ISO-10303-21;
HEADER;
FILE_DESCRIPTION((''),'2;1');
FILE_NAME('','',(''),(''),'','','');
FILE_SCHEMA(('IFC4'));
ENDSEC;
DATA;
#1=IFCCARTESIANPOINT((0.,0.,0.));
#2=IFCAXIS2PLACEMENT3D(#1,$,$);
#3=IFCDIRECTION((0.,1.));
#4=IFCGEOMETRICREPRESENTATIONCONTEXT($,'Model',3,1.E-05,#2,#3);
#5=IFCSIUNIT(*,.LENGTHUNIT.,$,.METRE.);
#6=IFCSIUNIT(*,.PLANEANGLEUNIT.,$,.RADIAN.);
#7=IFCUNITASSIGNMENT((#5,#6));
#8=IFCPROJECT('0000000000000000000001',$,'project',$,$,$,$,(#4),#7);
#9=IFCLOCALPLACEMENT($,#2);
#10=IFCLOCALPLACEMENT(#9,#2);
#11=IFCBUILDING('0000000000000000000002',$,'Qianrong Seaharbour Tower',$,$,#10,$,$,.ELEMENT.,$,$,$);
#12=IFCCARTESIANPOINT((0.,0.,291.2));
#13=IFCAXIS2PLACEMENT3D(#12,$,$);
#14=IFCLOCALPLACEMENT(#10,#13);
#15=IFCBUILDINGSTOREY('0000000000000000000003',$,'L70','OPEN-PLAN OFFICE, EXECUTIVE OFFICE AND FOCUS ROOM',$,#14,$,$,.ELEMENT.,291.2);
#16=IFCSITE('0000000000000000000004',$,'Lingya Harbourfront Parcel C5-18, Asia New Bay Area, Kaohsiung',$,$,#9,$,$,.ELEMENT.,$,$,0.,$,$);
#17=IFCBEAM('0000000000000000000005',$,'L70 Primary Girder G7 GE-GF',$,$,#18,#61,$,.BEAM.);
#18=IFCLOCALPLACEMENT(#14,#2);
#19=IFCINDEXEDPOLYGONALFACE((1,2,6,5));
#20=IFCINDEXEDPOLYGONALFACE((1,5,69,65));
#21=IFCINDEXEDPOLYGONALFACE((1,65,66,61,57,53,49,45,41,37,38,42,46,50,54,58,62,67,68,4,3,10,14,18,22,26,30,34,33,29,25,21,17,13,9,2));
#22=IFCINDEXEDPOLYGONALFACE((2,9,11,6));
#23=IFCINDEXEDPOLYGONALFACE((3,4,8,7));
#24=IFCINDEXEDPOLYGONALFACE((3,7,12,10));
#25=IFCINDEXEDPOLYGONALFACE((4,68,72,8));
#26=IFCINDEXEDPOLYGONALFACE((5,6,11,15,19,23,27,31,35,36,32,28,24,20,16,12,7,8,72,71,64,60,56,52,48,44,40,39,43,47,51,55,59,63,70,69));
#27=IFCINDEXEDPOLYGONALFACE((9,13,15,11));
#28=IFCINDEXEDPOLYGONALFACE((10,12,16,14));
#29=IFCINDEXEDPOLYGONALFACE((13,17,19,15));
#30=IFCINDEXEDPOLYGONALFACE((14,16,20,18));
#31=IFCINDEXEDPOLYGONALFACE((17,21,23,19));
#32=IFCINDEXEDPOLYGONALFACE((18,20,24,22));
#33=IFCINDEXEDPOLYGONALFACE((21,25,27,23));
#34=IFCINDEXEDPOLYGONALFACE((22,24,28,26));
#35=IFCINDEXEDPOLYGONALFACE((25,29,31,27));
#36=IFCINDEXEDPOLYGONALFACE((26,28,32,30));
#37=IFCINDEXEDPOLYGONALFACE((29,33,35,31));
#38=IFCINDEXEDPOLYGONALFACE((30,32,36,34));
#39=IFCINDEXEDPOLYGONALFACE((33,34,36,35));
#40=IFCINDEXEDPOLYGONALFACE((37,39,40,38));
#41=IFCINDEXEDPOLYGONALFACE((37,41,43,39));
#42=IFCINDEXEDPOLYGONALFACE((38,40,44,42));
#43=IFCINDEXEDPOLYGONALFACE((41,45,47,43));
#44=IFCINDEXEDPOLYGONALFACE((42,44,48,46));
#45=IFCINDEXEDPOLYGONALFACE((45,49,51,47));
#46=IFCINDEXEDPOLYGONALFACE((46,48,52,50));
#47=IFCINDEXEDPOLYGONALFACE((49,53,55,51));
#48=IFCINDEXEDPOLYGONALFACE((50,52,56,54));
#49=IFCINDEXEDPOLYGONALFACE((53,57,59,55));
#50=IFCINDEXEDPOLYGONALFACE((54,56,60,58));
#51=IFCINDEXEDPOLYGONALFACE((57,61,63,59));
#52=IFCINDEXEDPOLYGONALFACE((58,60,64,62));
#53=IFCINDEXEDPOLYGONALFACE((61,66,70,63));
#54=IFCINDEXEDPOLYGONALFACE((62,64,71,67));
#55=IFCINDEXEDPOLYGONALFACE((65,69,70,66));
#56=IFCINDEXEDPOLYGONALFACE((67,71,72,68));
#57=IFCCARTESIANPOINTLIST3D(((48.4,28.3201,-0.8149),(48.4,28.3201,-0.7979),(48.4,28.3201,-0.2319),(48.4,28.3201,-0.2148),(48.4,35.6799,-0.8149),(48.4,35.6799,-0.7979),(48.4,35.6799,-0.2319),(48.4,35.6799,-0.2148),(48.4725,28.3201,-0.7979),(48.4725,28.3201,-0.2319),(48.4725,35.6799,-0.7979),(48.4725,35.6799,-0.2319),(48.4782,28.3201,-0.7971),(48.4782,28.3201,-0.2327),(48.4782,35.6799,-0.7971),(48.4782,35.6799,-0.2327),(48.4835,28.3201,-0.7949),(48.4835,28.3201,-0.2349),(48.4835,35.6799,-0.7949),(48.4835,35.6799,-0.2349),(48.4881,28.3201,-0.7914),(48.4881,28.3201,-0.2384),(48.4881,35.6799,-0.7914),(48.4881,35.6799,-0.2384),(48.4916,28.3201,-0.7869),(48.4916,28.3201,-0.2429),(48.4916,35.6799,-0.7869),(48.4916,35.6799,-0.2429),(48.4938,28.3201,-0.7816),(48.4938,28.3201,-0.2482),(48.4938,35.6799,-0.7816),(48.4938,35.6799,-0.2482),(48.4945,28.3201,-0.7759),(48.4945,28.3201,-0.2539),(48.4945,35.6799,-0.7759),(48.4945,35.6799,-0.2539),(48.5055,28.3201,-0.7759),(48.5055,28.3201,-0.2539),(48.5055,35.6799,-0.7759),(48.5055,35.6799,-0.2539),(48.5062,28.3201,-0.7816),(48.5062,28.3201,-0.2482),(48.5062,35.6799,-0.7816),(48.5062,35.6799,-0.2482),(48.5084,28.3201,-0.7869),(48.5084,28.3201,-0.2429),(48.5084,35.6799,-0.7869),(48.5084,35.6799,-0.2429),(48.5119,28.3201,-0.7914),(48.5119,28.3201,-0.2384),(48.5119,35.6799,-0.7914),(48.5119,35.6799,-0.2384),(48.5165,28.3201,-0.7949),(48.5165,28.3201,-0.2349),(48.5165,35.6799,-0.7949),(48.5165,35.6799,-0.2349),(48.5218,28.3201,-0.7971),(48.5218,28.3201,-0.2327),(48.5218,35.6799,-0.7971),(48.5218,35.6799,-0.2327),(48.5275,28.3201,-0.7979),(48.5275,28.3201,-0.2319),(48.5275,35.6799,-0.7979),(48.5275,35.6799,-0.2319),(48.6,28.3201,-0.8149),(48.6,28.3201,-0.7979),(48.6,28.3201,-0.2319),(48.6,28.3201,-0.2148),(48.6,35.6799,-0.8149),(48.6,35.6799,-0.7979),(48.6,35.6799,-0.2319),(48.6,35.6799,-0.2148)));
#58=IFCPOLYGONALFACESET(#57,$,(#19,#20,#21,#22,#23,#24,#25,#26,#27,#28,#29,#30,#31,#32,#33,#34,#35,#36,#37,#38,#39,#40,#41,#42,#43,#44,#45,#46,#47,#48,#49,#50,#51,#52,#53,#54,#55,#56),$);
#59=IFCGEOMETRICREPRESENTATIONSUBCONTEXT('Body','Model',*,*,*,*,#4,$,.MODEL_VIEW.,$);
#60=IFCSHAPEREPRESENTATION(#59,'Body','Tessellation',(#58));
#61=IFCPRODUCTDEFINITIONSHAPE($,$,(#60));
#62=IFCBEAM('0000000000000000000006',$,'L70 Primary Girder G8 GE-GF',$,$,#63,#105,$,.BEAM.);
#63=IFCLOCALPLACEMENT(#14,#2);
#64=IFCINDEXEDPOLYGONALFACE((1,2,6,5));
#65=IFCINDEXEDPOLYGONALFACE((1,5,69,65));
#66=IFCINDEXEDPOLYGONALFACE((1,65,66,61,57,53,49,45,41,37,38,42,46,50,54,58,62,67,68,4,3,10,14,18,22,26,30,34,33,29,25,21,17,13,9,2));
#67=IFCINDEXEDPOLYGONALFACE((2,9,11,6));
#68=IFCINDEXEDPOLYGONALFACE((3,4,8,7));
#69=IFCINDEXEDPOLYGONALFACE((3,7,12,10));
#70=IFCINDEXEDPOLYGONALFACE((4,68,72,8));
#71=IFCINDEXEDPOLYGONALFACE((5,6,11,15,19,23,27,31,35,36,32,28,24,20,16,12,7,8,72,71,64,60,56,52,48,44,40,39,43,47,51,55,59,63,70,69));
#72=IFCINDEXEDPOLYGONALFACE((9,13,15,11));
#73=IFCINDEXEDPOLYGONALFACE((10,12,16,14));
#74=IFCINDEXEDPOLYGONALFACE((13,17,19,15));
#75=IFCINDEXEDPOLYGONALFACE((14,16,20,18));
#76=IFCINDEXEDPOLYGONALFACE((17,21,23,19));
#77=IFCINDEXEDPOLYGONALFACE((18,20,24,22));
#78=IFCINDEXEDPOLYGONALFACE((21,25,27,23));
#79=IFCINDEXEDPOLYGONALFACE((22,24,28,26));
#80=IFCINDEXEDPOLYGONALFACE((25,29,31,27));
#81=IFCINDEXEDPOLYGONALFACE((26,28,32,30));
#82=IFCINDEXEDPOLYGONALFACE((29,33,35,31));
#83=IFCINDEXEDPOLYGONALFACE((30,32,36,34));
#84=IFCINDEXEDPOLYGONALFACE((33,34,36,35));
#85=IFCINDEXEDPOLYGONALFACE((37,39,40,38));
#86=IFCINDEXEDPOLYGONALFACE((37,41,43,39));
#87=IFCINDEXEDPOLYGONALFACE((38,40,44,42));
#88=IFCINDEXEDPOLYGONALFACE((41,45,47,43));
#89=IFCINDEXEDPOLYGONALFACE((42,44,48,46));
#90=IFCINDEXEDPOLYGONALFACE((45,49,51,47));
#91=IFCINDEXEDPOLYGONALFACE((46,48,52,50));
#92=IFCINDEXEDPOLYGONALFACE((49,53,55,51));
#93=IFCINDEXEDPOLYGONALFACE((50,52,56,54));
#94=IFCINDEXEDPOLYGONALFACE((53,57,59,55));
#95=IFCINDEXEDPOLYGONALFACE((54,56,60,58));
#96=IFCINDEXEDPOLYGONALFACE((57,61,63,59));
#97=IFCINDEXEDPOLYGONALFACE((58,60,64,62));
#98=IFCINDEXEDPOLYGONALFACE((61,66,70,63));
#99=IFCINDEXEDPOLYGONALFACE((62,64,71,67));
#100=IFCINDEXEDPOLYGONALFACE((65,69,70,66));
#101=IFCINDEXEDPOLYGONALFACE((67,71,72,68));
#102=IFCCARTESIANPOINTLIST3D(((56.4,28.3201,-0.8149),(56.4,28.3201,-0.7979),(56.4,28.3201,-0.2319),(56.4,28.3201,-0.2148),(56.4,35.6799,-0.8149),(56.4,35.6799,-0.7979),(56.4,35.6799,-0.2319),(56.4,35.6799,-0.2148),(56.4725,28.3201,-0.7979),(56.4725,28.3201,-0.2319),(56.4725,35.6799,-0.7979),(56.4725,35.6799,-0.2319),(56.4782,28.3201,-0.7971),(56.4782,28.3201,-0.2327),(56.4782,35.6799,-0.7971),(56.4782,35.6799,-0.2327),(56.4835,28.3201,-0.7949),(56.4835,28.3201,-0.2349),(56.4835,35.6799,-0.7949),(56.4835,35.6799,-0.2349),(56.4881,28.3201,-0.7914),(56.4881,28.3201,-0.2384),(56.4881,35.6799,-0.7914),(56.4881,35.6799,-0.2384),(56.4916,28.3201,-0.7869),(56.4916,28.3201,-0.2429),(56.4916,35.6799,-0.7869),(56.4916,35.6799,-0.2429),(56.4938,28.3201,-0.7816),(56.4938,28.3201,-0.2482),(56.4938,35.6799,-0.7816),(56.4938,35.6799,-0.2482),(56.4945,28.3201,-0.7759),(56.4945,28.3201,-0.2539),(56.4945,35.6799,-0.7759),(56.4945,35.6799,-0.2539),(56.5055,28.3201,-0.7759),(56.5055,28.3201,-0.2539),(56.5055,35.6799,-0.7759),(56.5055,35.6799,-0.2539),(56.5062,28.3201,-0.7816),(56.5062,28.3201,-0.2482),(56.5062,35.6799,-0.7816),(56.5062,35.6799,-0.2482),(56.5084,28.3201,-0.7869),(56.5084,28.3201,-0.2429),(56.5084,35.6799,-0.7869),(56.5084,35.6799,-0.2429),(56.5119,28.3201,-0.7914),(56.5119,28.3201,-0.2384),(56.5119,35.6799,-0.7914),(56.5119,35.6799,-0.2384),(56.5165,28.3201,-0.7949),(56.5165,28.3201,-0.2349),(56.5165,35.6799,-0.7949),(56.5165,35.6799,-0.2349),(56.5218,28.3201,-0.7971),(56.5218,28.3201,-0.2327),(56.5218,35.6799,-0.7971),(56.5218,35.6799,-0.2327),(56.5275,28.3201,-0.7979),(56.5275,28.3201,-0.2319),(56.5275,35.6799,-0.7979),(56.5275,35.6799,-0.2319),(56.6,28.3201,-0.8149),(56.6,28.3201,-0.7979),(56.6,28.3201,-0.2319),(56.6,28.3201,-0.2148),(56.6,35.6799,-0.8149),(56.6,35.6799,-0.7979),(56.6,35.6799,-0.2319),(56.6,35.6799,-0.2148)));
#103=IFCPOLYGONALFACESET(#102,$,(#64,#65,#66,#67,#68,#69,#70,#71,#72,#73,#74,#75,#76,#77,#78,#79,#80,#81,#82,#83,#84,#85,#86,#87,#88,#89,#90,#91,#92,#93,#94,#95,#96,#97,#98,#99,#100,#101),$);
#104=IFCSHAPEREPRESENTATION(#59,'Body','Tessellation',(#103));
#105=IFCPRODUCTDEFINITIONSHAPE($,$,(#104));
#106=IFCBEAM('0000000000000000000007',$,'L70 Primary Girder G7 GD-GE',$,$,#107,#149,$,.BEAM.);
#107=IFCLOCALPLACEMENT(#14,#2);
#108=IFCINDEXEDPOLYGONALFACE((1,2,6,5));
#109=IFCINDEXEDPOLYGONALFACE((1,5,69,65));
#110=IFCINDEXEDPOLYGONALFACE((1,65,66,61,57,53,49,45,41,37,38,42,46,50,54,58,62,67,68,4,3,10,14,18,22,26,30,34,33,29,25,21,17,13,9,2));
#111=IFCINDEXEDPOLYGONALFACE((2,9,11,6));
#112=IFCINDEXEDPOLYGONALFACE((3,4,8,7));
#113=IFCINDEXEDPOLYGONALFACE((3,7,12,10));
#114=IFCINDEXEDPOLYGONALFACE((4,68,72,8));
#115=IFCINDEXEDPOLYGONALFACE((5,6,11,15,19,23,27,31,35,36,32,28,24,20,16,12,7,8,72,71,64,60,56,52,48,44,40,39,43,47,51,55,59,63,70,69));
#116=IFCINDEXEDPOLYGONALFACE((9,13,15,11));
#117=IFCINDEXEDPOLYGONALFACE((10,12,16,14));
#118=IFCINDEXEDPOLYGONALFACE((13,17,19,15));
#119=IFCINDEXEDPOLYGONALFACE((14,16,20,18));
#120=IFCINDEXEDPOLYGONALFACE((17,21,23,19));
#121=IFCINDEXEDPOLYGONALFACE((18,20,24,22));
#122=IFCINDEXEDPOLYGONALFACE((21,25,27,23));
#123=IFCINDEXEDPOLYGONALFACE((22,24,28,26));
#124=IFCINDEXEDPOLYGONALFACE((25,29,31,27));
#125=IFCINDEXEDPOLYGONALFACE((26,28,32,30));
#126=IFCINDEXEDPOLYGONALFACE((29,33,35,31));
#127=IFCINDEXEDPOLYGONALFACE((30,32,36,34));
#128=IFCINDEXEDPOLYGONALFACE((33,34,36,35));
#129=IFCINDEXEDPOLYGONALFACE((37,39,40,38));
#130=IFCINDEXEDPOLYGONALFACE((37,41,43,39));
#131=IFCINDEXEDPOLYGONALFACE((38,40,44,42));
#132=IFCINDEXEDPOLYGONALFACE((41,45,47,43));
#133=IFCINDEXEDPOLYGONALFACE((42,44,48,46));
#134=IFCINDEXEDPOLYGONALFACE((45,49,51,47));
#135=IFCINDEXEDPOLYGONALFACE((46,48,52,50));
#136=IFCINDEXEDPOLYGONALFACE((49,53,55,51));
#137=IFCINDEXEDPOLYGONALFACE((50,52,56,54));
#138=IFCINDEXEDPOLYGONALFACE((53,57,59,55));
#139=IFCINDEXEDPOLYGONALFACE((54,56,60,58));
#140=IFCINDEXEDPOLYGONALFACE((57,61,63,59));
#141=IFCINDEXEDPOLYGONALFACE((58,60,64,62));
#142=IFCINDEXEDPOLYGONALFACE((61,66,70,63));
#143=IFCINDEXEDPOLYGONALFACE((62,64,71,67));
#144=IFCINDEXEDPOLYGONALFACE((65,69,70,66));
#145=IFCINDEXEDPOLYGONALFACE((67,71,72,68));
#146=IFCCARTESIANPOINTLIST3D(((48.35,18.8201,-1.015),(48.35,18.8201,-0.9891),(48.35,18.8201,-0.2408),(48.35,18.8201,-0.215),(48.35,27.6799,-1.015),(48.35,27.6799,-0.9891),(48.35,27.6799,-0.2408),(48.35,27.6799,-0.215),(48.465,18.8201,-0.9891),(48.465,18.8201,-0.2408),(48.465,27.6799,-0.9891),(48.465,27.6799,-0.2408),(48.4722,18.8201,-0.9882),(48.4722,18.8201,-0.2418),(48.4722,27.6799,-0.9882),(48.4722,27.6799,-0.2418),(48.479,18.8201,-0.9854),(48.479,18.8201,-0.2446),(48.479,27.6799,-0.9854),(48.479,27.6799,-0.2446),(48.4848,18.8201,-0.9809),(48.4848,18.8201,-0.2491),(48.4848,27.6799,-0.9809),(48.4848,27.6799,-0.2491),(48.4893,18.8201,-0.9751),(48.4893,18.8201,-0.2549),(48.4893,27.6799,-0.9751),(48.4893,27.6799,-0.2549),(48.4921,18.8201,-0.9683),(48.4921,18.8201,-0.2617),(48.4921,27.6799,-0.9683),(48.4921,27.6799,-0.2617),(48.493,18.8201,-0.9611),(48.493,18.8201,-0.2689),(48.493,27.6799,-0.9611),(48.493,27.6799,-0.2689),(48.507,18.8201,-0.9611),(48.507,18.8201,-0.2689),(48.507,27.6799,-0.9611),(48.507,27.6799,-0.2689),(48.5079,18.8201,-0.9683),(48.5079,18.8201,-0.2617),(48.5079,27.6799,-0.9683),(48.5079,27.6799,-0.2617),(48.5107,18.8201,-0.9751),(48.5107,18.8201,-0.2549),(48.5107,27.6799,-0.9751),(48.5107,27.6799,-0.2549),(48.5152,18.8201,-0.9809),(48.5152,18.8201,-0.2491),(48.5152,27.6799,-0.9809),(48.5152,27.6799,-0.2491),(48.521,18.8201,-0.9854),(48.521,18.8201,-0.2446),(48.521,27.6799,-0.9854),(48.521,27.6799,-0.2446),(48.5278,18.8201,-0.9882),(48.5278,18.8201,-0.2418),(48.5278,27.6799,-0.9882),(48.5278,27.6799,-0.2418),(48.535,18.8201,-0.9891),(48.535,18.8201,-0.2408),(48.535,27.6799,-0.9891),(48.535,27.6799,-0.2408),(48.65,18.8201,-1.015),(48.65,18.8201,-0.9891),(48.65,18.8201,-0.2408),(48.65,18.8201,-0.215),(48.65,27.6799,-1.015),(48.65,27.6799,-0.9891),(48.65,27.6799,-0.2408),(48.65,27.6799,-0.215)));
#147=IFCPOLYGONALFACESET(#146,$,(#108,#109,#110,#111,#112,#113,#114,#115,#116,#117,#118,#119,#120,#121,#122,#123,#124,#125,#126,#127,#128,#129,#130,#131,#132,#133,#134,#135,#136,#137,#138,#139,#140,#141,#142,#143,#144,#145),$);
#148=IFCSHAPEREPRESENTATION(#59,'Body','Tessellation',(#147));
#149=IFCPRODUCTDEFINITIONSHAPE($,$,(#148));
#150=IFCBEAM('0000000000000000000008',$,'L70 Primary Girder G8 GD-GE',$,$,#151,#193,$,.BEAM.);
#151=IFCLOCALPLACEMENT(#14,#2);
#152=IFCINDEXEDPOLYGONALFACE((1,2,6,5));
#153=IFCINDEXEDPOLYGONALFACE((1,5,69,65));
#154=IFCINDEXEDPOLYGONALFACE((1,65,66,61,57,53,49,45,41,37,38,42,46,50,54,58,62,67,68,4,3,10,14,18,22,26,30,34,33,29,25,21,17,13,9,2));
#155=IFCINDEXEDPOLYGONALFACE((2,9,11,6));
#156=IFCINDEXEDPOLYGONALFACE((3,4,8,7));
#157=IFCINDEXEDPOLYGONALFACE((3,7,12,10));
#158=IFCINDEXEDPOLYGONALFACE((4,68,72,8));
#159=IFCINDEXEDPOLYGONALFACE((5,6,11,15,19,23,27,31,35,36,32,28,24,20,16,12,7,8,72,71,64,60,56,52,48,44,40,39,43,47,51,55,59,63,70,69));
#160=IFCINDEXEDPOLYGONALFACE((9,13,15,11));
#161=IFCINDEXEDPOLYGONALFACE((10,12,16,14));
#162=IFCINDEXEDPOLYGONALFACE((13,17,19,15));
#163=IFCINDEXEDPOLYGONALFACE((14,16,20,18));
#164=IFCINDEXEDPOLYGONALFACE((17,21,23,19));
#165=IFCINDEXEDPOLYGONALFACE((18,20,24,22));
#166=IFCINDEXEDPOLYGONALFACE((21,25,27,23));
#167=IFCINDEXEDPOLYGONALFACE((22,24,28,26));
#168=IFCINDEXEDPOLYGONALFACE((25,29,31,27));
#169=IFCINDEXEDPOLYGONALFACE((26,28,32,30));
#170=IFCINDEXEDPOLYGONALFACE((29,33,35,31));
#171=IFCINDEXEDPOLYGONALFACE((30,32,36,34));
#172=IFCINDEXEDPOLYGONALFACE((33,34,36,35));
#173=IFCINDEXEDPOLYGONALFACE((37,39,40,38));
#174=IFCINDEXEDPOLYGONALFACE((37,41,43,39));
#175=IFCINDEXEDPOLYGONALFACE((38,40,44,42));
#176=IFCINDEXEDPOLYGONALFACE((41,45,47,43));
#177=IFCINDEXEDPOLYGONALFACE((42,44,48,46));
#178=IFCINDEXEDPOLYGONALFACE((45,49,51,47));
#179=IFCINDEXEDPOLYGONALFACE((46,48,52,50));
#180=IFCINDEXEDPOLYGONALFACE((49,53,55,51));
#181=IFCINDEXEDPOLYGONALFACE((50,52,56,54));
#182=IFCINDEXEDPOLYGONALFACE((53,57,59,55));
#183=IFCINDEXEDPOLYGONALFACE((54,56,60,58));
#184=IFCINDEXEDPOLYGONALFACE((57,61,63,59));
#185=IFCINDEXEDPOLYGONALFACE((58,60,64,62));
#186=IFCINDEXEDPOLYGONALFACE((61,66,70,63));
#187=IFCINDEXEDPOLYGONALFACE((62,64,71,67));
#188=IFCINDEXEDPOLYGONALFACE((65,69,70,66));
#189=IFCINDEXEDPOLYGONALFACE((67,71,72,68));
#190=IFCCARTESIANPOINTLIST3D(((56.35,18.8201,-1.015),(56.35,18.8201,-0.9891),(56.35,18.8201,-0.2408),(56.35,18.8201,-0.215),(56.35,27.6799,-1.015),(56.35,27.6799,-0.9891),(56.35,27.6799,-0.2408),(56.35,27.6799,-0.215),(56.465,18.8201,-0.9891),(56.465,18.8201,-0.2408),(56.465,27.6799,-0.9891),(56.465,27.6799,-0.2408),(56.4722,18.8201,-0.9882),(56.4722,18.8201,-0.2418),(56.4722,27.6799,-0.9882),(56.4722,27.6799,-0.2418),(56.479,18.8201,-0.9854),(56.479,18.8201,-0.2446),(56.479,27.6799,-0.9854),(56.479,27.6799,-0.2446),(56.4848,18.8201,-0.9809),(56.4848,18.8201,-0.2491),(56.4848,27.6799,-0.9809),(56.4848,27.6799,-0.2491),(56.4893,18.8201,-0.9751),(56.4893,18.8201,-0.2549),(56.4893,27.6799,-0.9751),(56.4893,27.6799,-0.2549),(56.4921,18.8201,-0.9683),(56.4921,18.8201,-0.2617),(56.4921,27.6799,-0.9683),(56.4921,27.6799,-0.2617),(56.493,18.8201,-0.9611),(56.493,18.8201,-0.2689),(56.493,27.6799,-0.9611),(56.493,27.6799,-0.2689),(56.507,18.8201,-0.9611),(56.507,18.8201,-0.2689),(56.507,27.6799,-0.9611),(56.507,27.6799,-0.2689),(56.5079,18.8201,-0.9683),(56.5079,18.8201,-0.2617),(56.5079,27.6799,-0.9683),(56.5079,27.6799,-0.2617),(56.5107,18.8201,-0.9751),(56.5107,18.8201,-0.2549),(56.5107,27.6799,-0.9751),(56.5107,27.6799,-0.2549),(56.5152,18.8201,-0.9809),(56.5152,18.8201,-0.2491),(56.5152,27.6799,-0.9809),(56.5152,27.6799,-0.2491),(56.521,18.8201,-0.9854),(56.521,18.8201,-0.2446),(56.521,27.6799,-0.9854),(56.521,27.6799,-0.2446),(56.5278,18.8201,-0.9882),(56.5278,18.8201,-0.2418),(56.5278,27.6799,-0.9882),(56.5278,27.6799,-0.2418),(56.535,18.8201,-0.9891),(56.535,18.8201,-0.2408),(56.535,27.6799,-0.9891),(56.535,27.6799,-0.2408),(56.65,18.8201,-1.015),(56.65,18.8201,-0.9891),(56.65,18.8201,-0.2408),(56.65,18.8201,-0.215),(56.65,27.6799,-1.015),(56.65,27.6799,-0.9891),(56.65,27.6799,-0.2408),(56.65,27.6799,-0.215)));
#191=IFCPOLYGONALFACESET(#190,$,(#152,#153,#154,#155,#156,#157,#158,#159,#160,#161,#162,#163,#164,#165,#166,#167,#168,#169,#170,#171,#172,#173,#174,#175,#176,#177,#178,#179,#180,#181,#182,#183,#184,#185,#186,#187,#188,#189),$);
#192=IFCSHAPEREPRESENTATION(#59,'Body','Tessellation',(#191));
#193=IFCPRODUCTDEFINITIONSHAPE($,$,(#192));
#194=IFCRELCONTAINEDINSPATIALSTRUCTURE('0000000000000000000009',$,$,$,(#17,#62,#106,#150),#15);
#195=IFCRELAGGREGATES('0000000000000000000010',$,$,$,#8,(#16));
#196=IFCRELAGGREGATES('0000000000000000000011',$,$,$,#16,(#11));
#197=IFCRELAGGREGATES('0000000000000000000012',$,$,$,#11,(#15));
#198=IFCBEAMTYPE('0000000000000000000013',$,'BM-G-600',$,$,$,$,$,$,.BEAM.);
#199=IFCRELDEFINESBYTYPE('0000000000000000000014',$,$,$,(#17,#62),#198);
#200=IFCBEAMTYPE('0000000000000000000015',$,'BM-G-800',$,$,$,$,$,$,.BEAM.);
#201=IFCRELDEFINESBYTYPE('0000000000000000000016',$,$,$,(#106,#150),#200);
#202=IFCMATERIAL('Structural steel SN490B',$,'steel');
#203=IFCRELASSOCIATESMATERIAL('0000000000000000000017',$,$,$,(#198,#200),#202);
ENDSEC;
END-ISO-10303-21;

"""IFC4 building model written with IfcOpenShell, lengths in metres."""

from ifc_helpers import new_model, si_unit, direction, frame, origin, origin_2d, place, context, subcontext, project, spatial, i_section, extrude, material, material_profile, profile_set, type_object, element, save


model = new_model("IFC4")

# Units and contexts
model_context = context("Model", 3, precision=1e-05, world=origin(), true_north=direction((0.0, 1.0)))
body_context = subcontext(model_context, "Body", "Model", "MODEL_VIEW")
ifc_project = project(units=[si_unit("LENGTHUNIT", "METRE"), si_unit("PLANEANGLEUNIT", "RADIAN")], contexts=[model_context])

# Site, building, storey
site_placement = place(None, origin())
site = spatial("IfcSite", under=ifc_project, at=site_placement, Name="Lingya Harbourfront Parcel C5-18, Asia New Bay Area, Kaohsiung", CompositionType="ELEMENT", RefElevation=0.0)
building_placement = place(site_placement, origin())
building = spatial("IfcBuilding", under=site, at=building_placement, Name="Qianrong Seaharbour Tower", CompositionType="ELEMENT")
storey_placement = place(building_placement, frame((0.0, 0.0, 291.2)))
storey = spatial("IfcBuildingStorey", under=building, at=storey_placement, Name="L70", Description="OPEN-PLAN OFFICE, EXECUTIVE OFFICE AND FOCUS ROOM", CompositionType="ELEMENT", Elevation=291.2)

# Beams
ifc_material_1 = material(Name="Structural steel SN490B", Category="steel")
ifc_material_profile_1 = material_profile(ifc_material_1, i_section(OverallWidth=0.2, OverallDepth=0.6001, WebThickness=0.011, FlangeThickness=0.0171, FilletRadius=0.022, at=origin_2d()), Name="H600x200x11x17")
ifc_profile_set_1 = profile_set([ifc_material_profile_1], Name="Structural steel SN490B")
beam_type_1 = type_object("IfcBeamType", Name="BM-G-600", PredefinedType="BEAM", material=ifc_profile_set_1)
for number, where, z_axis, x_axis, name in (
    (1, (48.5, 28.3201, -0.5149), (0.0, 1.0, 0.0), (-1.0, 0.0, 0.0), "L70 Primary Girder G7 GE-GF"),
    (2, (56.5, 28.3201, -0.5149), (0.0, 1.0, 0.0), (-1.0, 0.0, 0.0), "L70 Primary Girder G8 GE-GF"),
):
    element("IfcBeam", number, at=place(storey_placement, frame(where, z_axis=z_axis, x_axis=x_axis)), inside=storey, type_object=beam_type_1, Name=name, PredefinedType="BEAM", context=body_context, shape_type="SweptSolid", body=[
        extrude(i_section(OverallWidth=0.2, OverallDepth=0.6001, WebThickness=0.011, FlangeThickness=0.0171, FilletRadius=0.022, at=origin_2d()), origin(), (0.0, 0.0, 1.0), 7.3599),
    ])
ifc_material_profile_2 = material_profile(ifc_material_1, i_section(OverallWidth=0.3, OverallDepth=0.8, WebThickness=0.0139, FlangeThickness=0.0259, FilletRadius=0.0281, at=origin_2d()), Name="H800x300x14x26")
ifc_profile_set_2 = profile_set([ifc_material_profile_2], Name="Structural steel SN490B")
beam_type_2 = type_object("IfcBeamType", Name="BM-G-800", PredefinedType="BEAM", material=ifc_profile_set_2)
for number, where, z_axis, x_axis, name in (
    (3, (48.5, 18.8201, -0.615), (0.0, 1.0, 0.0), (-1.0, 0.0, 0.0), "L70 Primary Girder G7 GD-GE"),
    (4, (56.5, 18.8201, -0.615), (0.0, 1.0, 0.0), (-1.0, 0.0, 0.0), "L70 Primary Girder G8 GD-GE"),
):
    element("IfcBeam", number, at=place(storey_placement, frame(where, z_axis=z_axis, x_axis=x_axis)), inside=storey, type_object=beam_type_2, Name=name, PredefinedType="BEAM", context=body_context, shape_type="SweptSolid", body=[
        extrude(i_section(OverallWidth=0.3, OverallDepth=0.8, WebThickness=0.0139, FlangeThickness=0.0259, FilletRadius=0.0281, at=origin_2d()), origin(), (0.0, 0.0, 1.0), 8.8599),
    ])

save(model, "model.ifc")
